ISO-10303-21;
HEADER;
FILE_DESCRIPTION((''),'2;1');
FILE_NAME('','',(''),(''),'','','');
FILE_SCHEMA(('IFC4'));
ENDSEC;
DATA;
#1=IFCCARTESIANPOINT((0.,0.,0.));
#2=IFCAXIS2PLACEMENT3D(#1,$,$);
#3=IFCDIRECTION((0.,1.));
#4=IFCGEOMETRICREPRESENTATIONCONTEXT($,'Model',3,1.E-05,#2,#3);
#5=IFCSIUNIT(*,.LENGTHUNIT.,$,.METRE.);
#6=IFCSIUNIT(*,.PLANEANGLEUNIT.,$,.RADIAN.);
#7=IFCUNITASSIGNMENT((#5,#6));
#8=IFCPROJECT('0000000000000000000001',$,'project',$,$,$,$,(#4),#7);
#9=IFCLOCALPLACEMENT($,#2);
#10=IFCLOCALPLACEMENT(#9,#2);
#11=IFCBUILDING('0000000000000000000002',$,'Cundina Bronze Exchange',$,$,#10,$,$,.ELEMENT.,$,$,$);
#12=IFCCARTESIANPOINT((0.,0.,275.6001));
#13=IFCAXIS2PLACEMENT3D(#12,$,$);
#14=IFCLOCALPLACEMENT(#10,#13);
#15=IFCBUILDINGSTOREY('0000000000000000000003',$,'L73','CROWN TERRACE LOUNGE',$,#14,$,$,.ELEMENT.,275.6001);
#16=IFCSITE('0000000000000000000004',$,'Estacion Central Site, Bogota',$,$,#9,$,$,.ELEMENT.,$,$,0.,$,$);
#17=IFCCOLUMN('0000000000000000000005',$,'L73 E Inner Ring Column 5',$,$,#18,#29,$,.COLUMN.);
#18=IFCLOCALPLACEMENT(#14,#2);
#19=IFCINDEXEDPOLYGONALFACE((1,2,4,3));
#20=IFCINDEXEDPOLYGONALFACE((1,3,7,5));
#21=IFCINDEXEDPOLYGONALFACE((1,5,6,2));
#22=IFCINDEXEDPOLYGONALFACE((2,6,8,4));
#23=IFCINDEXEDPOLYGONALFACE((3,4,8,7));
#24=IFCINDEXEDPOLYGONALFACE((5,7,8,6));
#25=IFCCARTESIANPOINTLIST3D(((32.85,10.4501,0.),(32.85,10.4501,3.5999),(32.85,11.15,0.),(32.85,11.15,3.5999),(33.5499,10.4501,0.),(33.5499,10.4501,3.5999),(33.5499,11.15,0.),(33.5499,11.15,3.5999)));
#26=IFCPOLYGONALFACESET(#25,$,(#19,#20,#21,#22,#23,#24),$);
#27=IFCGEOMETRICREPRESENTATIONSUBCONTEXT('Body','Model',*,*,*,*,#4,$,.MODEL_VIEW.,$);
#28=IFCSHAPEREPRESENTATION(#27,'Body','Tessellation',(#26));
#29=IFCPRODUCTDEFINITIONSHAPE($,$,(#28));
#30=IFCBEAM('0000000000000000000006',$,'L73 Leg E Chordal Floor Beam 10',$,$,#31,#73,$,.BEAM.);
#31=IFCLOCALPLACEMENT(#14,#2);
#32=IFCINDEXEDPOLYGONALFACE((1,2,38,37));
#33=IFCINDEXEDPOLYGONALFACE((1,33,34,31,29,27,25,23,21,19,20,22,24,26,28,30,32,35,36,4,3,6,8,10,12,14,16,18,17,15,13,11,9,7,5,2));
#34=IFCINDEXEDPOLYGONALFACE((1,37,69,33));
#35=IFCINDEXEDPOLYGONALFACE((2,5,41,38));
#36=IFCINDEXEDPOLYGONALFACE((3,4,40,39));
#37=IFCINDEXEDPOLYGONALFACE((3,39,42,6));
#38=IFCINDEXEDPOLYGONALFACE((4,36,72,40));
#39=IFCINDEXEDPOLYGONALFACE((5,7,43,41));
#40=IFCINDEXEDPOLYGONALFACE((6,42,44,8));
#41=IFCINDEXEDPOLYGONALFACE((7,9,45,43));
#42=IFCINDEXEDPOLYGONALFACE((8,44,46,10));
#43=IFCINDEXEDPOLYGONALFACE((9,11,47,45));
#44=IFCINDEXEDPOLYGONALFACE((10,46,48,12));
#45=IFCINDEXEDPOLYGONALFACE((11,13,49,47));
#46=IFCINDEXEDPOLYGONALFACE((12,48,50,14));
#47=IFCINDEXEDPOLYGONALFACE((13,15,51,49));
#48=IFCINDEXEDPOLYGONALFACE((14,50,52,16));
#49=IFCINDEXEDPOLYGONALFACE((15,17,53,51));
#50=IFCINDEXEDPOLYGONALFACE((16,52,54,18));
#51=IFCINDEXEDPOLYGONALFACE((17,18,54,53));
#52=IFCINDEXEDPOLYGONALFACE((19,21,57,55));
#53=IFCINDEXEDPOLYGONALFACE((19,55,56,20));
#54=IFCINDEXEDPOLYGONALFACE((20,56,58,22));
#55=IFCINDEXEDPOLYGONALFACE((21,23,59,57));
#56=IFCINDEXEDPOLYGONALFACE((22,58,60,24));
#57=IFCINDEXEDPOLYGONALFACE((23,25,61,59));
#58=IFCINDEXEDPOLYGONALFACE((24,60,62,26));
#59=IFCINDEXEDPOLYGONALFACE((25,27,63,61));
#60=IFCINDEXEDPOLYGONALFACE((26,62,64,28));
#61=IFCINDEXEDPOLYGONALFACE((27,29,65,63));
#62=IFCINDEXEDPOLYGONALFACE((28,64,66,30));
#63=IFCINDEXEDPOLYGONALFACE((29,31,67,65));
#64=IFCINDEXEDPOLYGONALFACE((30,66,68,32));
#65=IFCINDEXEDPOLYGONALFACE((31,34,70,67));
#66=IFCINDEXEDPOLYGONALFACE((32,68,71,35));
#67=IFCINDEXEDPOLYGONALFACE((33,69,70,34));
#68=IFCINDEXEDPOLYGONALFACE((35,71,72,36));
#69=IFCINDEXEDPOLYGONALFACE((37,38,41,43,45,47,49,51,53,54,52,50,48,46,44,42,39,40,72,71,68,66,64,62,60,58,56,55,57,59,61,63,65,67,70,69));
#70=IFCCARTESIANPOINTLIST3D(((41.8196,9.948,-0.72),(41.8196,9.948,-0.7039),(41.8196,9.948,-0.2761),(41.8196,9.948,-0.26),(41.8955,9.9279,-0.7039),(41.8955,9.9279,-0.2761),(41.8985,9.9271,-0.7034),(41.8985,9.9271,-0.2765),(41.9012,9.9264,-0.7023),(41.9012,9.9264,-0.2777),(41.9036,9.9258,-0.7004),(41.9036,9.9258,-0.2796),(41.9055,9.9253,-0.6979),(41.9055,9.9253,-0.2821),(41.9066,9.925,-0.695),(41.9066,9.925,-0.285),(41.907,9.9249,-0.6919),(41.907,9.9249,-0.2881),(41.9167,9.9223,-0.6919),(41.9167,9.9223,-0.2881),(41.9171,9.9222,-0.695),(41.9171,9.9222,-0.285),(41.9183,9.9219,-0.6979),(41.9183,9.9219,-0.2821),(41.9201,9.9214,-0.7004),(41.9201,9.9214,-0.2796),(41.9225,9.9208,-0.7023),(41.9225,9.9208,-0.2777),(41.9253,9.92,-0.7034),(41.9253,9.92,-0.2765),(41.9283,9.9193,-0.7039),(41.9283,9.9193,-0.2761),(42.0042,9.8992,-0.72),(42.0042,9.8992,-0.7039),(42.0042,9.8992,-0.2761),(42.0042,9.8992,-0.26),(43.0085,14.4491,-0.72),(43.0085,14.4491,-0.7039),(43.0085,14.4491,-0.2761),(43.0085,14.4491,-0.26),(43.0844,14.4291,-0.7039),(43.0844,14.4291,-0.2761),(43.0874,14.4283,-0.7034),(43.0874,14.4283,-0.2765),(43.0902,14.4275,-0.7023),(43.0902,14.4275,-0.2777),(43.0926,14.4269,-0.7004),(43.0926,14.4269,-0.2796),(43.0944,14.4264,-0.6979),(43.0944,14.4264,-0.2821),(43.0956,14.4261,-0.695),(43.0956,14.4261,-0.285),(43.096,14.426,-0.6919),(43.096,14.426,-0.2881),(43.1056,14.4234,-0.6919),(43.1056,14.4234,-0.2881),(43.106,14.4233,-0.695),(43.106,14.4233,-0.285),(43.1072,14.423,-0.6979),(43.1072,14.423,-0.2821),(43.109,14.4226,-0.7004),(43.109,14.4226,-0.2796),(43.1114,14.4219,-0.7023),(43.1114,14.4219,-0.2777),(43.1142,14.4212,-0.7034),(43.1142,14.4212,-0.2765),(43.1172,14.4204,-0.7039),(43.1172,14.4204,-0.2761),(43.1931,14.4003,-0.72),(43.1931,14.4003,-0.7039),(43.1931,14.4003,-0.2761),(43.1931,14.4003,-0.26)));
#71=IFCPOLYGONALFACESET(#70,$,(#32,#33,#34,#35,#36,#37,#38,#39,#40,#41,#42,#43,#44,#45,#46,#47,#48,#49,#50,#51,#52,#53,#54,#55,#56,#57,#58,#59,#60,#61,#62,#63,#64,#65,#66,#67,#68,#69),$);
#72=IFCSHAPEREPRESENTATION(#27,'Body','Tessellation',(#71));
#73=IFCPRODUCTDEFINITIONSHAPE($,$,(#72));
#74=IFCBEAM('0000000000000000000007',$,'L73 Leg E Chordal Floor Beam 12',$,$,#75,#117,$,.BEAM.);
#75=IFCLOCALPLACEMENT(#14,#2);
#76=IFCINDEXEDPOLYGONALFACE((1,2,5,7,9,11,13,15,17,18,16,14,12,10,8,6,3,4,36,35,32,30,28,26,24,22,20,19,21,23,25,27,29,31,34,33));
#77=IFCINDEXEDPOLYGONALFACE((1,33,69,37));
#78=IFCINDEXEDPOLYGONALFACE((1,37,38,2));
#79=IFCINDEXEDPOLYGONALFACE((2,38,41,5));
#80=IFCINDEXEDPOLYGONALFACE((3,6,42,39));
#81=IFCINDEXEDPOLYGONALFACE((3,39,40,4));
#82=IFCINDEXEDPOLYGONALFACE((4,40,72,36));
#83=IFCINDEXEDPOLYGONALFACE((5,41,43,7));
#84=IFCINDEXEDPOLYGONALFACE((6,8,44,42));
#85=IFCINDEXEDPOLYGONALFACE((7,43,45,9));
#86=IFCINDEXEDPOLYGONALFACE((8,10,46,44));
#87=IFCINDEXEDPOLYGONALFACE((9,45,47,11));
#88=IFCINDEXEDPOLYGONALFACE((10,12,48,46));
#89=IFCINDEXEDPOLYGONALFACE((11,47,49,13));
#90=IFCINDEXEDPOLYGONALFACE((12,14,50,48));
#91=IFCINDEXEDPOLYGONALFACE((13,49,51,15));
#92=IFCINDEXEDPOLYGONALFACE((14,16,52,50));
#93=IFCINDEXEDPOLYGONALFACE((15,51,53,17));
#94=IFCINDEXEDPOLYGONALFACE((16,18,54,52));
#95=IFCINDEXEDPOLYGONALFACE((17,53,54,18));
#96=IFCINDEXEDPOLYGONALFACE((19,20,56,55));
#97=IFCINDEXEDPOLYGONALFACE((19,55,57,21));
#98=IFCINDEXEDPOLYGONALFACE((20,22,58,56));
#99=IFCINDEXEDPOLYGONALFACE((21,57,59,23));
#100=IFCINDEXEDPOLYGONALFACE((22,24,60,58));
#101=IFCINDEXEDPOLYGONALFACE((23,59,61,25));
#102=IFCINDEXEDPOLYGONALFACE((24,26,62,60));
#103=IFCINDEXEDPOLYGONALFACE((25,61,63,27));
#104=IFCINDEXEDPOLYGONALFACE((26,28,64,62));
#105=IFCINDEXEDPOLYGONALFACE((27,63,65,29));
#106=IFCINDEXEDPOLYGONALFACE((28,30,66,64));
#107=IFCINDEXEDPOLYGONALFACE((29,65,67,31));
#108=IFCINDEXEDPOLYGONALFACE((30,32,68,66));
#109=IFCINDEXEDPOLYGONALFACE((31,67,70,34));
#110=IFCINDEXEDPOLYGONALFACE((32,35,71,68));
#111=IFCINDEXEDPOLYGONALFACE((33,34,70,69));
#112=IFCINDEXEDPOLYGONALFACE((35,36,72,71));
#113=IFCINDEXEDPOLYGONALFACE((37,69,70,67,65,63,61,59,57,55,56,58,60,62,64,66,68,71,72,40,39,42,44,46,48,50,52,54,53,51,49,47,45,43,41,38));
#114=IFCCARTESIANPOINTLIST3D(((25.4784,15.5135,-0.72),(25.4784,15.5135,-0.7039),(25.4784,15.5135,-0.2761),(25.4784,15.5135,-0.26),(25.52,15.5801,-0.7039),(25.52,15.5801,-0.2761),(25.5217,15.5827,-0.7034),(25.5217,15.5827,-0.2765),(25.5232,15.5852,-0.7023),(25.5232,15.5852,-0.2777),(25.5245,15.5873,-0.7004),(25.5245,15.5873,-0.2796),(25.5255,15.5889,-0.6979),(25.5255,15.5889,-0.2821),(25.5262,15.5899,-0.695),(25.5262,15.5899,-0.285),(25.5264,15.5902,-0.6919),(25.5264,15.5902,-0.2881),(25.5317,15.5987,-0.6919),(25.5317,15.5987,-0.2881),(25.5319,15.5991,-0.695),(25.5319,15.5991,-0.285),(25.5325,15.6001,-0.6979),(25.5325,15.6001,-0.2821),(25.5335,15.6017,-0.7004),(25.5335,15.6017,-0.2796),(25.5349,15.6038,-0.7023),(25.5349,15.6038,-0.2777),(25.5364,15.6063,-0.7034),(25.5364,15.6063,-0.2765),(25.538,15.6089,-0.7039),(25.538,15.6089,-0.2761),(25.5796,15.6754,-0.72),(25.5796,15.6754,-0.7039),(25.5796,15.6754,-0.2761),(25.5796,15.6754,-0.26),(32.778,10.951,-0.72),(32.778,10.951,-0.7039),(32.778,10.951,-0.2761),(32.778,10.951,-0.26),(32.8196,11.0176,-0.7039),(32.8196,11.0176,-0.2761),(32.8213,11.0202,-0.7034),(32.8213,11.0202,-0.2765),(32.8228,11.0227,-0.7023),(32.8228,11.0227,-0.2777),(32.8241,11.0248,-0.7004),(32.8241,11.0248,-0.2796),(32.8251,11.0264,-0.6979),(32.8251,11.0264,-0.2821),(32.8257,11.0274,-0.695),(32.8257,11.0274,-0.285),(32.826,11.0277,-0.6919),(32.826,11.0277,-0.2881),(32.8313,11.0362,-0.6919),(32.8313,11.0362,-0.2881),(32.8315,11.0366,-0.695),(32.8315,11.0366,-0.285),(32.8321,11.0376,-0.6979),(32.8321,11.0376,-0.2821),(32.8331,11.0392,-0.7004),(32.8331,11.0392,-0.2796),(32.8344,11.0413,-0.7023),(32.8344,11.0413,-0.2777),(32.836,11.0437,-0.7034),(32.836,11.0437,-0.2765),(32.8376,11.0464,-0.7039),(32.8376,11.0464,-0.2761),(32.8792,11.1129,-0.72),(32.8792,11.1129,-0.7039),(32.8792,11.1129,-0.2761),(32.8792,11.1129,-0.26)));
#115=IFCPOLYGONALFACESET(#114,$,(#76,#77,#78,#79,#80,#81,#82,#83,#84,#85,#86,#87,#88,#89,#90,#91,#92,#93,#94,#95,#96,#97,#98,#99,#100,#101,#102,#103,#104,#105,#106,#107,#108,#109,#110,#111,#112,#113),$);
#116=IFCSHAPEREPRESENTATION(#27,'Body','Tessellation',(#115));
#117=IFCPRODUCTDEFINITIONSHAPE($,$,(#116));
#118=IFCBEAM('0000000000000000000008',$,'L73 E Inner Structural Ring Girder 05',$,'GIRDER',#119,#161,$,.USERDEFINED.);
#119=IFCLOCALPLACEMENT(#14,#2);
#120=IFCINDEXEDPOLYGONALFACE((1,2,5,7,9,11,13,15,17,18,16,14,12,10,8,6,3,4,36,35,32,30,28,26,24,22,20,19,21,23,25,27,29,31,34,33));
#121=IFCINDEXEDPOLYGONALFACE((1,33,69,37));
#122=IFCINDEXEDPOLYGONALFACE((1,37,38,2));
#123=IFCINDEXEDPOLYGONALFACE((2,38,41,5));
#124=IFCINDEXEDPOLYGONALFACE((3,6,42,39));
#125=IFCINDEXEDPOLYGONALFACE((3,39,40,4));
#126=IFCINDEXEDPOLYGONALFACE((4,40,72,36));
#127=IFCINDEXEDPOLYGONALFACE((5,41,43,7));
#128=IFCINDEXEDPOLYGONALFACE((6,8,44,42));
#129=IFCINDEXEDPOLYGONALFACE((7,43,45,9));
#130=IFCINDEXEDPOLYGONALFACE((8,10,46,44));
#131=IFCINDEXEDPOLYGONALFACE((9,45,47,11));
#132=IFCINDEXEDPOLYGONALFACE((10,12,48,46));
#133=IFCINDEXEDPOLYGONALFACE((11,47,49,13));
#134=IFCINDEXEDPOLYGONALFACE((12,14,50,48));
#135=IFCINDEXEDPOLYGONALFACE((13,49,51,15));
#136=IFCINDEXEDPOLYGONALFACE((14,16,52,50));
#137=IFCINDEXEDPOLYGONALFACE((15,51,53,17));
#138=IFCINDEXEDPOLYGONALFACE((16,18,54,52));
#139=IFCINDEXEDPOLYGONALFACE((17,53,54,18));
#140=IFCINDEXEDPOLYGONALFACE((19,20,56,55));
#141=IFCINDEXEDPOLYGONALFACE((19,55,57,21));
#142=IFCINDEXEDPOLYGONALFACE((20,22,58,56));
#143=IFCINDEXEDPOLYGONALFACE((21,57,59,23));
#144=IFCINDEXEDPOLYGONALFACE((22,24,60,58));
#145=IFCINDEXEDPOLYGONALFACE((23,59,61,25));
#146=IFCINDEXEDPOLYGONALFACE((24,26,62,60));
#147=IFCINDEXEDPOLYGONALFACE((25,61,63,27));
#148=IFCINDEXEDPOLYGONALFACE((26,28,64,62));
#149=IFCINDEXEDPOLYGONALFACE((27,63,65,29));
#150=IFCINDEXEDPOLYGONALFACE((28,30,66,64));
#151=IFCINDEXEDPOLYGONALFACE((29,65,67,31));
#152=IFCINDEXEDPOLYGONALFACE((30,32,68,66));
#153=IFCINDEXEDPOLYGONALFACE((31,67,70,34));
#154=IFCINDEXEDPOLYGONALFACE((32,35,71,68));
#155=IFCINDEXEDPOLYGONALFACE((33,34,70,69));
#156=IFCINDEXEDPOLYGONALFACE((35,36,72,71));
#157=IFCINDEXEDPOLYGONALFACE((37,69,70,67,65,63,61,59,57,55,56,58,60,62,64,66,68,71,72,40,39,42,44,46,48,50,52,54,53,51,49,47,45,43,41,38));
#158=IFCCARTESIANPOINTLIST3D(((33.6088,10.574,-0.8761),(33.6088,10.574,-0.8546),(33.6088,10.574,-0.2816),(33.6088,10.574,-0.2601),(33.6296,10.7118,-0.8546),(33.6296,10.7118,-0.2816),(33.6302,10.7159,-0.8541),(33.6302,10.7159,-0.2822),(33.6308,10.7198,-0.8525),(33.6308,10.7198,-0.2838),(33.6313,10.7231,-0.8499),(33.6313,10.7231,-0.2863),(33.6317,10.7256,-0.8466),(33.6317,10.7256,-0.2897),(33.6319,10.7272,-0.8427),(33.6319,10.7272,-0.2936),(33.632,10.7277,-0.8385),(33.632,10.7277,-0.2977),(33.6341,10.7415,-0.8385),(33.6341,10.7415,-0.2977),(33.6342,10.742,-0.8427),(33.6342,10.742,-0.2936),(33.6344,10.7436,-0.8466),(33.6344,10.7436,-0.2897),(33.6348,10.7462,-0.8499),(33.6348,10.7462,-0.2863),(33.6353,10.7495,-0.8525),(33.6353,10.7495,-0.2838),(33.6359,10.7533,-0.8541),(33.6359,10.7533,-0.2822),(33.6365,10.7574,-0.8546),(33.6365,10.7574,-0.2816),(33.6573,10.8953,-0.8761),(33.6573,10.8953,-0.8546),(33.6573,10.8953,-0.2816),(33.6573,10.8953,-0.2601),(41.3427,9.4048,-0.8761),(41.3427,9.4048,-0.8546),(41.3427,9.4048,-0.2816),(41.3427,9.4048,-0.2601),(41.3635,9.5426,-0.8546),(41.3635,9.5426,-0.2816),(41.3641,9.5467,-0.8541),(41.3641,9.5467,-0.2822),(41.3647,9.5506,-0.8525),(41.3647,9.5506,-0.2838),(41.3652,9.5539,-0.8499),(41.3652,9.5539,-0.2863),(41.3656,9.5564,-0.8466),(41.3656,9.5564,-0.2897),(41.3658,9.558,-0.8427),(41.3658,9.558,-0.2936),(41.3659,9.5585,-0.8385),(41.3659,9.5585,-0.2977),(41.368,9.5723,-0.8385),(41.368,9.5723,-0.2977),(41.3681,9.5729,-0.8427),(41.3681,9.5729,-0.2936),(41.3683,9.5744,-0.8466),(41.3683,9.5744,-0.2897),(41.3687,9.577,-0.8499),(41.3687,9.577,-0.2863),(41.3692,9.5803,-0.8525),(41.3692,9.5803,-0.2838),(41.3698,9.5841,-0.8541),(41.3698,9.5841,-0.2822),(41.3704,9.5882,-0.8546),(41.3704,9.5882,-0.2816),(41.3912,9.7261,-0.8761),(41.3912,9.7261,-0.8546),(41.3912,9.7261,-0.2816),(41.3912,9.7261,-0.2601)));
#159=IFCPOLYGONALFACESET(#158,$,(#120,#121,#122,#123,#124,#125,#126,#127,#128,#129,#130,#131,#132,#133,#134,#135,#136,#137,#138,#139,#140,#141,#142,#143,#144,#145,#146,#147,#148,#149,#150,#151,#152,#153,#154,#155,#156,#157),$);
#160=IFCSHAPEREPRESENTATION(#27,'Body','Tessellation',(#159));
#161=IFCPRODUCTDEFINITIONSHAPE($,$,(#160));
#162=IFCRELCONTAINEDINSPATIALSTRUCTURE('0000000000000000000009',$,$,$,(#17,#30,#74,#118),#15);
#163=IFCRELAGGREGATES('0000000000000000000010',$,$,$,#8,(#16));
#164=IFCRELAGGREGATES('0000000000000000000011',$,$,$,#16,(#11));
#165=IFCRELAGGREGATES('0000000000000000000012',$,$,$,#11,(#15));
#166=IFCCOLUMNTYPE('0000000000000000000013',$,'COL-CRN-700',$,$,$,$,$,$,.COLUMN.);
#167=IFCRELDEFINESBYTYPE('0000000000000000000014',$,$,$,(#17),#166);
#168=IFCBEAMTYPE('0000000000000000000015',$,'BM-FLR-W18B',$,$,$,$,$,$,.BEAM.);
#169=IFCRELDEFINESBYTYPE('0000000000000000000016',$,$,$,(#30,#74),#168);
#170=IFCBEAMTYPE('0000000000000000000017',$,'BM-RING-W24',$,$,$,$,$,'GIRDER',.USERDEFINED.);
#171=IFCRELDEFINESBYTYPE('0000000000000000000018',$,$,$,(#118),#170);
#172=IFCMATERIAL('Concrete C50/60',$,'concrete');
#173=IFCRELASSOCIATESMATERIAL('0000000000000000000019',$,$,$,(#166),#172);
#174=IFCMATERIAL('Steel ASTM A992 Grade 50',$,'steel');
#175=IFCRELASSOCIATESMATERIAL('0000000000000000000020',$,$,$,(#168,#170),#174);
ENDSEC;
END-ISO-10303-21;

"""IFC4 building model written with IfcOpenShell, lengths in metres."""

from ifc_helpers import new_model, si_unit, direction, frame, origin, origin_2d, place, context, subcontext, project, spatial, rectangle, i_section, extrude, material, material_profile, profile_set, type_object, element, save


model = new_model("IFC4")

# Units and contexts
model_context = context("Model", 3, precision=1e-05, world=origin(), true_north=direction((0.0, 1.0)))
body_context = subcontext(model_context, "Body", "Model", "MODEL_VIEW")
ifc_project = project(units=[si_unit("LENGTHUNIT", "METRE"), si_unit("PLANEANGLEUNIT", "RADIAN")], contexts=[model_context])

# Site, building, storey
site_placement = place(None, origin())
site = spatial("IfcSite", under=ifc_project, at=site_placement, Name="Estacion Central Site, Bogota", CompositionType="ELEMENT", RefElevation=0.0)
building_placement = place(site_placement, origin())
building = spatial("IfcBuilding", under=site, at=building_placement, Name="Cundina Bronze Exchange", CompositionType="ELEMENT")
storey_placement = place(building_placement, frame((0.0, 0.0, 275.6001)))
storey = spatial("IfcBuildingStorey", under=building, at=storey_placement, Name="L73", Description="CROWN TERRACE LOUNGE", CompositionType="ELEMENT", Elevation=275.6001)

# Column
ifc_material_1 = material(Name="Concrete C50/60", Category="concrete")
ifc_material_profile_1 = material_profile(ifc_material_1, rectangle(XDim=0.7, YDim=0.7, at=origin_2d()), Name="RC700X700", Category="concrete")
ifc_profile_set_1 = profile_set([ifc_material_profile_1], Name="Concrete C50/60")
column_type = type_object("IfcColumnType", Name="COL-CRN-700", PredefinedType="COLUMN", material=ifc_profile_set_1)
column_placement = place(storey_placement, frame((33.2, 10.8, 0.0), z_axis=(0.0, 0.0, 1.0), x_axis=(1.0, 0.0, 0.0)))
element("IfcColumn", 1, at=column_placement, inside=storey, type_object=column_type, Name="L73 E Inner Ring Column 5", PredefinedType="COLUMN", context=body_context, shape_type="SweptSolid", body=[
    extrude(rectangle(XDim=0.7, YDim=0.7, at=origin_2d()), origin(), (0.0, 0.0, 1.0), 3.5999),
])

# Beams
ifc_material_2 = material(Name="Steel ASTM A992 Grade 50", Category="steel")
ifc_material_profile_2 = material_profile(ifc_material_2, i_section(OverallWidth=0.1909, OverallDepth=0.46, WebThickness=0.01, FlangeThickness=0.0161, FilletRadius=0.012, at=origin_2d()), Name="W18X55", Category="steel")
ifc_profile_set_2 = profile_set([ifc_material_profile_2], Name="Steel ASTM A992 Grade 50")
beam_type_1 = type_object("IfcBeamType", Name="BM-FLR-W18B", PredefinedType="BEAM", material=ifc_profile_set_2)
beam_1_placement = place(storey_placement, frame((41.9119, 9.9236, -0.49), z_axis=(0.255384, 0.96684, 0.0), x_axis=(-0.96684, 0.255384, 0.0)))
element("IfcBeam", 2, at=beam_1_placement, inside=storey, type_object=beam_type_1, Name="L73 Leg E Chordal Floor Beam 10", PredefinedType="BEAM", context=body_context, shape_type="SweptSolid", body=[
    extrude(i_section(OverallWidth=0.1909, OverallDepth=0.46, WebThickness=0.01, FlangeThickness=0.0161, FilletRadius=0.012, at=origin_2d()), origin(), (0.0, 0.0, 1.0), 4.6555),
])
beam_2_placement = place(storey_placement, frame((32.8286, 11.032, -0.49), z_axis=(-0.847984, 0.530022, 0.0), x_axis=(-0.530022, -0.847984, 0.0)))
element("IfcBeam", 3, at=beam_2_placement, inside=storey, type_object=beam_type_1, Name="L73 Leg E Chordal Floor Beam 12", PredefinedType="BEAM", context=body_context, shape_type="SweptSolid", body=[
    extrude(i_section(OverallWidth=0.1909, OverallDepth=0.46, WebThickness=0.01, FlangeThickness=0.0161, FilletRadius=0.012, at=origin_2d()), origin(), (0.0, 0.0, 1.0), 8.6082),
])
ifc_material_profile_3 = material_profile(ifc_material_2, i_section(OverallWidth=0.325, OverallDepth=0.616, WebThickness=0.0139, FlangeThickness=0.0215, FilletRadius=0.0161, at=origin_2d()), Name="W24X117", Category="steel")
ifc_profile_set_3 = profile_set([ifc_material_profile_3], Name="Steel ASTM A992 Grade 50")
beam_type_2 = type_object("IfcBeamType", Name="BM-RING-W24", ElementType="GIRDER", PredefinedType="USERDEFINED", material=ifc_profile_set_3)
beam_3_placement = place(storey_placement, frame((41.3669, 9.5654, -0.5681), z_axis=(-0.988765, 0.149479, 0.0), x_axis=(-0.149479, -0.988765, 0.0)))
element("IfcBeam", 4, at=beam_3_placement, inside=storey, type_object=beam_type_2, Name="L73 E Inner Structural Ring Girder 05", ObjectType="GIRDER", PredefinedType="USERDEFINED", context=body_context, shape_type="SweptSolid", body=[
    extrude(i_section(OverallWidth=0.325, OverallDepth=0.616, WebThickness=0.0139, FlangeThickness=0.0215, FilletRadius=0.0161, at=origin_2d()), origin(), (0.0, 0.0, 1.0), 7.8218),
])

save(model, "model.ifc")
